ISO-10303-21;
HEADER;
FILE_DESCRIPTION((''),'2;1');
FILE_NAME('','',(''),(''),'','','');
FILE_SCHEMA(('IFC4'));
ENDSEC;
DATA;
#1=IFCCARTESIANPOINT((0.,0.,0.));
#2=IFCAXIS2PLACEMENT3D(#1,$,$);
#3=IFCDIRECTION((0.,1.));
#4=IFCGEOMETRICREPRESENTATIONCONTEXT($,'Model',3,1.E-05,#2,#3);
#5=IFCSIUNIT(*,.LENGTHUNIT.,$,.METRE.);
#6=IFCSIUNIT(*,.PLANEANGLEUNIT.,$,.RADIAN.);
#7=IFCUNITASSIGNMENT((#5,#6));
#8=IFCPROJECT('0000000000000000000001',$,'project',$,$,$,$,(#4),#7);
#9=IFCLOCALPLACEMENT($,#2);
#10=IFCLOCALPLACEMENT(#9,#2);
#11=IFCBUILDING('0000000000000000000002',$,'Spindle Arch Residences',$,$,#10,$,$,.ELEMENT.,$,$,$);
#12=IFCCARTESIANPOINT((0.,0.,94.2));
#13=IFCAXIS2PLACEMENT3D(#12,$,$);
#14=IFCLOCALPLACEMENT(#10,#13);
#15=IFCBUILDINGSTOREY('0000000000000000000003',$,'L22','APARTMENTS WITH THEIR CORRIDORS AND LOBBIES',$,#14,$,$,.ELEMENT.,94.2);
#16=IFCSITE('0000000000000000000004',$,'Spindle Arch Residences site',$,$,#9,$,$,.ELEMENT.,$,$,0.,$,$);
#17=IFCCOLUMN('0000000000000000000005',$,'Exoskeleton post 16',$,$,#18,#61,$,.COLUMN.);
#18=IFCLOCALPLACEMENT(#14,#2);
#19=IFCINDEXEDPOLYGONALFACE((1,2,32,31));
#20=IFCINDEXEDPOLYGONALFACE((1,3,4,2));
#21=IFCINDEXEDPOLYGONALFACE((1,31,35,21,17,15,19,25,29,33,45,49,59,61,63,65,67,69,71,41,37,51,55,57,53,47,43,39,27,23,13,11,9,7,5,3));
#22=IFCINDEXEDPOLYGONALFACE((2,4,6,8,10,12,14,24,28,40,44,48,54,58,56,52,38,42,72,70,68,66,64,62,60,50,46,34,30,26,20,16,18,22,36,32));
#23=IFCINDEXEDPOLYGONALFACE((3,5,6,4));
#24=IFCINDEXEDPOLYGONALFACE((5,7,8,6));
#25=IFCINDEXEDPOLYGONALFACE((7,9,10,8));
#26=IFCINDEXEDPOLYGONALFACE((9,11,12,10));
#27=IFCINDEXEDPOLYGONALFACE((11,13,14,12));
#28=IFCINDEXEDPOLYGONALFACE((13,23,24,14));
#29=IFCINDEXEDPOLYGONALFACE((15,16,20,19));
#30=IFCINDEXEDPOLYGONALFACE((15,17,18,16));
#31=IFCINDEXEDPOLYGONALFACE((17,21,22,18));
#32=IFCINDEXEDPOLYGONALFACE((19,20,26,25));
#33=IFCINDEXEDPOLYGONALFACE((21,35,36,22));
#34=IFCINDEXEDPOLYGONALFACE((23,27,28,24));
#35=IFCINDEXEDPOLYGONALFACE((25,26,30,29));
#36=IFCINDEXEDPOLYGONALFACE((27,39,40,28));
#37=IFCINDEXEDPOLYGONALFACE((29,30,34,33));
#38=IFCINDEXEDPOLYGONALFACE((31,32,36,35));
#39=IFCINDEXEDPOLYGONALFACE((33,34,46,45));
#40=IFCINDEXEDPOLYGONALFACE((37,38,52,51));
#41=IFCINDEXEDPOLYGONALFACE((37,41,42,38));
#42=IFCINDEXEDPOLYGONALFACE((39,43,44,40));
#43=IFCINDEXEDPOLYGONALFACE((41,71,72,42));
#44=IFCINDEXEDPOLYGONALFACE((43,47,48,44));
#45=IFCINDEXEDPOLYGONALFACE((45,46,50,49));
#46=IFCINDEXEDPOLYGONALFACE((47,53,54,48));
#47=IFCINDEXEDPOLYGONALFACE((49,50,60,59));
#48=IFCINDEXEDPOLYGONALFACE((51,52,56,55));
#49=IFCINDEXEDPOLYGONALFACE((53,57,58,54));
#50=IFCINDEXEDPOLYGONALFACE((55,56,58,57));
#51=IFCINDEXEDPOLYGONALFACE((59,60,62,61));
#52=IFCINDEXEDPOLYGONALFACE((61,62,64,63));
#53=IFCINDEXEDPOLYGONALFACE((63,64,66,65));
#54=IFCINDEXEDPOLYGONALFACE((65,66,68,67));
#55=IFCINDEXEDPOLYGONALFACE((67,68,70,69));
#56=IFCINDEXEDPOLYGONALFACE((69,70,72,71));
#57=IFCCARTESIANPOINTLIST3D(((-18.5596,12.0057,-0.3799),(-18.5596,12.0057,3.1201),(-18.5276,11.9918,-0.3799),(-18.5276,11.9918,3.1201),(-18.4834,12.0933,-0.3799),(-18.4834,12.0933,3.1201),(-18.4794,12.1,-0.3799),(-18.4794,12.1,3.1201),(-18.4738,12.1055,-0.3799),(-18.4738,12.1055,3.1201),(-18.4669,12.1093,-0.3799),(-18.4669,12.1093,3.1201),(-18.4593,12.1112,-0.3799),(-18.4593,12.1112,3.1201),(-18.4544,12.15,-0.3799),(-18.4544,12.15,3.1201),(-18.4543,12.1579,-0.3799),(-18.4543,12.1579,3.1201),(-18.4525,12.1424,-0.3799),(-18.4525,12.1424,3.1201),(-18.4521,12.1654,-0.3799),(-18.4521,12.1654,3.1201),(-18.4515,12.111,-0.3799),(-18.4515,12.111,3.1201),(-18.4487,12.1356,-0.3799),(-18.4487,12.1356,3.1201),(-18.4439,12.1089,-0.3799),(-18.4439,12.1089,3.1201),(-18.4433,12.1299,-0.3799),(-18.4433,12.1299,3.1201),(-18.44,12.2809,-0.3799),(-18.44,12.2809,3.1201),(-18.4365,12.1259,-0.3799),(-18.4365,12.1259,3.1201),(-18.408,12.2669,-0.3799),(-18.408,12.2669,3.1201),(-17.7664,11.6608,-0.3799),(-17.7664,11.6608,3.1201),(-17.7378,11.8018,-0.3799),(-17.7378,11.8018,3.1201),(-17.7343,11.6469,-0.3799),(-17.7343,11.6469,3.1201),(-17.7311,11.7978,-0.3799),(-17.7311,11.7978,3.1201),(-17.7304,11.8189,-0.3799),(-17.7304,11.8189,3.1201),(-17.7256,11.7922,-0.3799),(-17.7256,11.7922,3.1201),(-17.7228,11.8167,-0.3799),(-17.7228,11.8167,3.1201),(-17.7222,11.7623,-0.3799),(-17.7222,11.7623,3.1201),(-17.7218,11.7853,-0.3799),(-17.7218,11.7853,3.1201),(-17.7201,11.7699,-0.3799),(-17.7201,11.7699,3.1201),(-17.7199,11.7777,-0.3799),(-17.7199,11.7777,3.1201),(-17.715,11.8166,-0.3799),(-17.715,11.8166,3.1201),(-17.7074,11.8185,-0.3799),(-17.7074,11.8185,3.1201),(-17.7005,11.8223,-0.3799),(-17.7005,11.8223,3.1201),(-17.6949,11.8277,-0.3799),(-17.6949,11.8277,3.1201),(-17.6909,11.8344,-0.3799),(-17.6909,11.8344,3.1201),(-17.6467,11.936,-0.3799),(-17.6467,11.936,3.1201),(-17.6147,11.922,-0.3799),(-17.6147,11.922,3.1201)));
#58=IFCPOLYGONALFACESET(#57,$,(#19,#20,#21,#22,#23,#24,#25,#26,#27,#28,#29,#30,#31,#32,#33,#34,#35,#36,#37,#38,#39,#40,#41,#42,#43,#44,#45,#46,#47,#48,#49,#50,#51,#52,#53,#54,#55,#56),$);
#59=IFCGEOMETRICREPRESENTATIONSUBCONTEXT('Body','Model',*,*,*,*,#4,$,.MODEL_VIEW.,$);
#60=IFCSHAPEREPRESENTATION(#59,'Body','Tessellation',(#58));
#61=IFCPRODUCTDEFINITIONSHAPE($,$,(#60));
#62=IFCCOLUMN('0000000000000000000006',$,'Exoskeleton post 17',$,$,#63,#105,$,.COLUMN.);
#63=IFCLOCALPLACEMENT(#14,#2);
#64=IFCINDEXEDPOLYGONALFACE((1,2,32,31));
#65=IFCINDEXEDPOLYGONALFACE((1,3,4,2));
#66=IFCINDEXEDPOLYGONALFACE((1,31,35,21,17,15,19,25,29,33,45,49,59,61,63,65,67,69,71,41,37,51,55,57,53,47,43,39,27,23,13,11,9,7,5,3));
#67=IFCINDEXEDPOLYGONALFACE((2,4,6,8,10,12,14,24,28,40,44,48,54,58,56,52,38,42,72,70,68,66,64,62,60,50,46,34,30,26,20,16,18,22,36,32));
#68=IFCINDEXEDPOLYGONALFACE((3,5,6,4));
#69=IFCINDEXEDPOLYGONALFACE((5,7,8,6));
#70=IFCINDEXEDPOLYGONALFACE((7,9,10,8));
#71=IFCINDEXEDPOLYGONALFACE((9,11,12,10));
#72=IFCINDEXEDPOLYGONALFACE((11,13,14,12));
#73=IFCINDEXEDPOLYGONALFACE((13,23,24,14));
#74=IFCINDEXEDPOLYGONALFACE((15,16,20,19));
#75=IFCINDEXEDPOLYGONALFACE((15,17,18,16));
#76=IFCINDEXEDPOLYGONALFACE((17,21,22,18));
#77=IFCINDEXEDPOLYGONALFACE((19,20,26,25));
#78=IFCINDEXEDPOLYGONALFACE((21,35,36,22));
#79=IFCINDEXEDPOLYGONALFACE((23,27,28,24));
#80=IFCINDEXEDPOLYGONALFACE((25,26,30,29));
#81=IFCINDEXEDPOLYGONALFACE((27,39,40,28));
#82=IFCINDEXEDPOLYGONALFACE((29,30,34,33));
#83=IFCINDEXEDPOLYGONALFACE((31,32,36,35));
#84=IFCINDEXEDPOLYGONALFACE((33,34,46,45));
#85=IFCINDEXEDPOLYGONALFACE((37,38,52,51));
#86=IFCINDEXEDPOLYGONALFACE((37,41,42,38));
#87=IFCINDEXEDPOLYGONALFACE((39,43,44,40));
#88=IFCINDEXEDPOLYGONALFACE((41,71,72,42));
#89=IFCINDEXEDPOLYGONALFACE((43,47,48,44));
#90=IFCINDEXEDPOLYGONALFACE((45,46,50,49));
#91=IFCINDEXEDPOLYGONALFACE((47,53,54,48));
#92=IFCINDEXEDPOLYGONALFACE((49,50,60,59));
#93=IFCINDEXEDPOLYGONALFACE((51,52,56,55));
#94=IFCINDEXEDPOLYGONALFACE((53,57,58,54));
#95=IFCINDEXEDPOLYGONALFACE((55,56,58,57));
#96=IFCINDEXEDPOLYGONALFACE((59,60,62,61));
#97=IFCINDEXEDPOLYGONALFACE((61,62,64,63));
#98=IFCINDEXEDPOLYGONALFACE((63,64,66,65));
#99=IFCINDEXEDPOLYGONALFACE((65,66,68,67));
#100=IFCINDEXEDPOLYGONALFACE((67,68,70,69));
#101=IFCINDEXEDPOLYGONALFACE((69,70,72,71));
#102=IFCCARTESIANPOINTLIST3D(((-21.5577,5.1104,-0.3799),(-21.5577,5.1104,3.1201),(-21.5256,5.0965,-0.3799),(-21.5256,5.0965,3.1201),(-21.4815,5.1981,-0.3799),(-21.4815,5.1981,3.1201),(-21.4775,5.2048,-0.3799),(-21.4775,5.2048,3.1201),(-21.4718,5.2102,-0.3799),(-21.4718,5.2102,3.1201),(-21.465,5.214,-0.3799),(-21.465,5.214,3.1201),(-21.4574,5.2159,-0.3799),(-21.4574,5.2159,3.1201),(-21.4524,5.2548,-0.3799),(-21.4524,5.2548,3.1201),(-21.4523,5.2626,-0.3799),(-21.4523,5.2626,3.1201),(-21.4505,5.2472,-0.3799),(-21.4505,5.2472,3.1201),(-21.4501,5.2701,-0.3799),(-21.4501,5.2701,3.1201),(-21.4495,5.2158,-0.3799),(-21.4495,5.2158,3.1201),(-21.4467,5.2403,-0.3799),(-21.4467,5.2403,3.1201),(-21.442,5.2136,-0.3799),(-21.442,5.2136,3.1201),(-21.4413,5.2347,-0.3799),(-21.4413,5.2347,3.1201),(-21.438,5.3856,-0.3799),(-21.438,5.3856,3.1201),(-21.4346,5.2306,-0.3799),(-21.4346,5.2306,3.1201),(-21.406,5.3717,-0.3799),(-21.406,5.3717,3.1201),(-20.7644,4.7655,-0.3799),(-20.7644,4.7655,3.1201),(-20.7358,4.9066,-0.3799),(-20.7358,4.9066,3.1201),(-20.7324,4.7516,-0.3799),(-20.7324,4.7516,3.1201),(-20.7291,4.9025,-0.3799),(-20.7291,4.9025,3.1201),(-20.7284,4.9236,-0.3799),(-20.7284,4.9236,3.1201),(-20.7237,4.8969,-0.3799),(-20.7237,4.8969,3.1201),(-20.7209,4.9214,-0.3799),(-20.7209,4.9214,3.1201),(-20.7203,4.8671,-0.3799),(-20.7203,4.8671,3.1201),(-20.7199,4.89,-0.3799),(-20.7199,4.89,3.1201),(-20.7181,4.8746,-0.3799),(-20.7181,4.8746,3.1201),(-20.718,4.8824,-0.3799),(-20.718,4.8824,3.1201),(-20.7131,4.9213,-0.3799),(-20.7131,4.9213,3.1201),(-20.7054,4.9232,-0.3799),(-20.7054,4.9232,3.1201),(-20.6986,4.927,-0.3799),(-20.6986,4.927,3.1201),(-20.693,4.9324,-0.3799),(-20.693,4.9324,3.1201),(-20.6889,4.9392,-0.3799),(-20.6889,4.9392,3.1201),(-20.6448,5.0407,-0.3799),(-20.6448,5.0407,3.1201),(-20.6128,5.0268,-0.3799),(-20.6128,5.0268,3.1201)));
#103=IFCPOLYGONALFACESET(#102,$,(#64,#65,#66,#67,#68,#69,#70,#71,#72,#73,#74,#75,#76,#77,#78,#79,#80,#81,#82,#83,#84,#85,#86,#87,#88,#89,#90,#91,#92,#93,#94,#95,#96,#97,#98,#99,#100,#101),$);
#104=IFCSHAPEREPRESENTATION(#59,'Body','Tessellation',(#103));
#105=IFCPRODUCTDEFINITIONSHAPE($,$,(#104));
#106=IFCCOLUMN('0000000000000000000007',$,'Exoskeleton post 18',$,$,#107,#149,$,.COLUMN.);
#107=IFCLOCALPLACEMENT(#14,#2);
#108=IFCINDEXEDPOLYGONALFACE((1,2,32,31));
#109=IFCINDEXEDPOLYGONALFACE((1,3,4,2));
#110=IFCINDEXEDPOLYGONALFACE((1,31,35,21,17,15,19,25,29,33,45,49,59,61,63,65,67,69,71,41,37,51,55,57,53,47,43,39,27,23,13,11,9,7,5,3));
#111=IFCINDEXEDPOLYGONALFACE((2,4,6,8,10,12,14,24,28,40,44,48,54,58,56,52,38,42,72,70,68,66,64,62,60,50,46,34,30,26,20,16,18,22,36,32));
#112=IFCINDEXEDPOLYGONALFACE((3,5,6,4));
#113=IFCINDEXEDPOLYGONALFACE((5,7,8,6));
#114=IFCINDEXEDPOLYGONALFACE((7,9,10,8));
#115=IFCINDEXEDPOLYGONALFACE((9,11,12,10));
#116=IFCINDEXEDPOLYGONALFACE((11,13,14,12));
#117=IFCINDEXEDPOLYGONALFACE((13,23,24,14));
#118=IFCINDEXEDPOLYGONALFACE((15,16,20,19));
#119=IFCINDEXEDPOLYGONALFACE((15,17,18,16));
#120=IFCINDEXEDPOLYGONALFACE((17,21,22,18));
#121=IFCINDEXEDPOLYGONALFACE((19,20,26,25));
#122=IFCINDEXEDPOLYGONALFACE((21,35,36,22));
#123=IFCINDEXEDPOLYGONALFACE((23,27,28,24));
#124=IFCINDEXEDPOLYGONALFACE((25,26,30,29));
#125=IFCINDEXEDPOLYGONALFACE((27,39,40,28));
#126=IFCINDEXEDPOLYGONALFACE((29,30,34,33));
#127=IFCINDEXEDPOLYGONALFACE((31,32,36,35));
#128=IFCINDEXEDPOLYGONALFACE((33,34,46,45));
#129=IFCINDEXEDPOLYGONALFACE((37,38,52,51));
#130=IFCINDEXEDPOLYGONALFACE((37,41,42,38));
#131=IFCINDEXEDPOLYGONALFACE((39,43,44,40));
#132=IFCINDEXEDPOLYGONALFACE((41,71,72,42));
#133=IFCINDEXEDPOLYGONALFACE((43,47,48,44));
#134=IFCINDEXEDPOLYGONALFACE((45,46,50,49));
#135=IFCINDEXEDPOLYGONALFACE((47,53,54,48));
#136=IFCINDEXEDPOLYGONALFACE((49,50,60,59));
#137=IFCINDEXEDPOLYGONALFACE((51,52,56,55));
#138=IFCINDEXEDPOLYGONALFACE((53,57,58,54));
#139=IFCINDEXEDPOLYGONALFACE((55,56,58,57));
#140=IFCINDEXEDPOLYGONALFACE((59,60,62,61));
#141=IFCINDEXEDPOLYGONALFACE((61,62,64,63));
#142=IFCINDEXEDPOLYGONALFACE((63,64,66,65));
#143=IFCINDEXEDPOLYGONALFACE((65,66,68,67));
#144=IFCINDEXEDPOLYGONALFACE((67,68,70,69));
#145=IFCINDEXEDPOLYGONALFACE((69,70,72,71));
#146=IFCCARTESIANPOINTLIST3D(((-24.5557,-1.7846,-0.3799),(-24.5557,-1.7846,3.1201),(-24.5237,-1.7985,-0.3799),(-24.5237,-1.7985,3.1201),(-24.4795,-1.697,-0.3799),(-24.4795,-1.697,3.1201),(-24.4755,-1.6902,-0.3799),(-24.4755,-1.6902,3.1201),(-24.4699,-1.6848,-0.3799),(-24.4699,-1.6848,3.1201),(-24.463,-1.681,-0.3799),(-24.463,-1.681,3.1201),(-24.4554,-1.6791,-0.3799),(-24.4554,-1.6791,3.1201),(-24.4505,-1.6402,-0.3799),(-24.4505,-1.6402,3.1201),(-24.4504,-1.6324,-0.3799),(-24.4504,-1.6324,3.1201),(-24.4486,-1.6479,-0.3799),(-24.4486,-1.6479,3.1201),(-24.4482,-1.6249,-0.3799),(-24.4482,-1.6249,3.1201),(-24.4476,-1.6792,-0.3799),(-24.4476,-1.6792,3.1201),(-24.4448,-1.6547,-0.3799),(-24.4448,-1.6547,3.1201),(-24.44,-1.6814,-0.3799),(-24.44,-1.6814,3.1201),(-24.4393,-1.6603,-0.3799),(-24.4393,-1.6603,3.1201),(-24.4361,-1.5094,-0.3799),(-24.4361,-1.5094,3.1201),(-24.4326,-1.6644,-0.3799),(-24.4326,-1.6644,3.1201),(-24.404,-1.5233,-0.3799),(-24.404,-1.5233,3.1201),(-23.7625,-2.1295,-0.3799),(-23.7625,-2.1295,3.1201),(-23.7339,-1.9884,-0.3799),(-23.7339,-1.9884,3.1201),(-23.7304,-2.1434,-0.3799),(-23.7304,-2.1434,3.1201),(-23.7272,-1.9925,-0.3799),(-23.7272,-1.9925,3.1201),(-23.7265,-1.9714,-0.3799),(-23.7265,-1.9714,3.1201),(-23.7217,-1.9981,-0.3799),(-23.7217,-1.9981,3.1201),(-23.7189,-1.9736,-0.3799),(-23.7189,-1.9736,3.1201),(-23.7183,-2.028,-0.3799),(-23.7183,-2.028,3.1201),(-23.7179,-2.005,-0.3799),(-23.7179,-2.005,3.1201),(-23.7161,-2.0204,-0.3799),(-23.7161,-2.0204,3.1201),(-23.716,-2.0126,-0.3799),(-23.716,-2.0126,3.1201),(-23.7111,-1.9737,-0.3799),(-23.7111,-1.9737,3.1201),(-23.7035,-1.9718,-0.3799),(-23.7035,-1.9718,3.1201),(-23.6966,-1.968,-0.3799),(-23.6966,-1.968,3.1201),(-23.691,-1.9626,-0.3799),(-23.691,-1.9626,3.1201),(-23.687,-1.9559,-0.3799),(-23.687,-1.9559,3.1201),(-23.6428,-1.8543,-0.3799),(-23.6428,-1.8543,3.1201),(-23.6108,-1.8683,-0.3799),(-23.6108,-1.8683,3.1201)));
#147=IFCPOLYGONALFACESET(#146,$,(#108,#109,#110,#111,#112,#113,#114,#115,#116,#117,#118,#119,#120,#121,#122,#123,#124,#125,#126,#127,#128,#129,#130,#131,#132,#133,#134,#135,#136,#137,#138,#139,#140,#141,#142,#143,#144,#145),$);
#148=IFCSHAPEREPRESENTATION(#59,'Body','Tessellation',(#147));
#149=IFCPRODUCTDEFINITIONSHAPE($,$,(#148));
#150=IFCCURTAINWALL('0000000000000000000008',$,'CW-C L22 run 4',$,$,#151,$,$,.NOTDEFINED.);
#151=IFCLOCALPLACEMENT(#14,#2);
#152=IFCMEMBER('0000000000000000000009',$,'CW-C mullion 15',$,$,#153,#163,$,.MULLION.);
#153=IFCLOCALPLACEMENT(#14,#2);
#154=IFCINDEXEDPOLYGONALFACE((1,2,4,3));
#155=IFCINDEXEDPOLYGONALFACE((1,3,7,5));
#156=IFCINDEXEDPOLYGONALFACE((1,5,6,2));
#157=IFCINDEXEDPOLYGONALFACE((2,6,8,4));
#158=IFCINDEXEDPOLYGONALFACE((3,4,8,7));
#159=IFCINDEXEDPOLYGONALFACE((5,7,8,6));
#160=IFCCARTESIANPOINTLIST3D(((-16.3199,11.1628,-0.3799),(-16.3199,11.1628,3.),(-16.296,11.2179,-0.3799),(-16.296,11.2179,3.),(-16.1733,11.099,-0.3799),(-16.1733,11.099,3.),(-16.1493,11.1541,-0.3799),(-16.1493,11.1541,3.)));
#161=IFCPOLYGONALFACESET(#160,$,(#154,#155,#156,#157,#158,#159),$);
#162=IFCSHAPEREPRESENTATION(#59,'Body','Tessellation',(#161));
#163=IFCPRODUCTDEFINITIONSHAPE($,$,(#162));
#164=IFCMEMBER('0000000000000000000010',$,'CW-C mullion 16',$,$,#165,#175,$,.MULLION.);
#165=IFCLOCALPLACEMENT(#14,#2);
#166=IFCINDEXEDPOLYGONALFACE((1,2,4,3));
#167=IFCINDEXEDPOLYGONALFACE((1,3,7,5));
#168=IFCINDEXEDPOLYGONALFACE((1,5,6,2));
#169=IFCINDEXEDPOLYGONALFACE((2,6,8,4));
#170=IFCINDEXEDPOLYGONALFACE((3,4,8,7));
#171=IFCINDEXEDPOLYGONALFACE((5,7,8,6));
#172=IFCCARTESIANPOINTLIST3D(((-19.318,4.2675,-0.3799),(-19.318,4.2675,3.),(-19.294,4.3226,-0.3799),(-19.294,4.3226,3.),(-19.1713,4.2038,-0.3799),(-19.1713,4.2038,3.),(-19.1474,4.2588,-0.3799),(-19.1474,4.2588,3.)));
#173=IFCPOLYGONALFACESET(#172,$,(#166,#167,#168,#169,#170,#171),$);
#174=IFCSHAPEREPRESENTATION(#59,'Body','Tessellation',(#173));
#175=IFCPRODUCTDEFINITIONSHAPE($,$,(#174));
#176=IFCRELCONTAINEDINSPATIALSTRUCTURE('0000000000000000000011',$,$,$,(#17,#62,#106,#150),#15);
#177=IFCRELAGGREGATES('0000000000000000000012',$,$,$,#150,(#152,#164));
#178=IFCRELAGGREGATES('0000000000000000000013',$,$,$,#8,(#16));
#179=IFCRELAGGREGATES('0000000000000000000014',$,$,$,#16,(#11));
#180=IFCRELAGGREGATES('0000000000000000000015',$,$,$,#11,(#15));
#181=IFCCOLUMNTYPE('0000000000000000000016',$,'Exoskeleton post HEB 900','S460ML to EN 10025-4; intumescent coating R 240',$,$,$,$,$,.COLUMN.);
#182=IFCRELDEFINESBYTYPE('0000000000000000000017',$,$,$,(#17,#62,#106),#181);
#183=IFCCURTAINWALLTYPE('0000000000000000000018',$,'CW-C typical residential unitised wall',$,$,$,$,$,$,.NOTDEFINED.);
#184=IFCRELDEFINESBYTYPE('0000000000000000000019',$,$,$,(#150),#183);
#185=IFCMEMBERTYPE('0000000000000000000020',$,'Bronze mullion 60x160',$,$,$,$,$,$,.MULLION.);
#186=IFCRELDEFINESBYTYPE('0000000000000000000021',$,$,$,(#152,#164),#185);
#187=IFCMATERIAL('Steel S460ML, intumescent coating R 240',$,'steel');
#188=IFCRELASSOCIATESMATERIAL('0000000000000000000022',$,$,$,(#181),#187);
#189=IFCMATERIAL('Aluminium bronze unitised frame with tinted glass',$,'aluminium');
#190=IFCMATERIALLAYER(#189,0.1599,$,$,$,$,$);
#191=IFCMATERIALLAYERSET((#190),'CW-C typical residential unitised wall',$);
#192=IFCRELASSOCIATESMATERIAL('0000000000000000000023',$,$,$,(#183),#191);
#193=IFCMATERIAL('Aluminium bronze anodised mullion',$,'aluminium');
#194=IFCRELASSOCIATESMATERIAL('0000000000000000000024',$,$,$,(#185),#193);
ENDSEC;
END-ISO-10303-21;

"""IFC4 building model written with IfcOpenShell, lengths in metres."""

from ifc_helpers import new_model, si_unit, direction, frame, origin, origin_2d, place, context, subcontext, project, spatial, rectangle, i_section, extrude, material, layer, layer_set, material_profile, profile_set, type_object, element, aggregate, save


model = new_model("IFC4")

# Units and contexts
model_context = context("Model", 3, precision=1e-05, world=origin(), true_north=direction((0.0, 1.0)))
body_context = subcontext(model_context, "Body", "Model", "MODEL_VIEW")
ifc_project = project(units=[si_unit("LENGTHUNIT", "METRE"), si_unit("PLANEANGLEUNIT", "RADIAN")], contexts=[model_context])

# Site, building, storey
site_placement = place(None, origin())
site = spatial("IfcSite", under=ifc_project, at=site_placement, Name="Spindle Arch Residences site", CompositionType="ELEMENT", RefElevation=0.0)
building_placement = place(site_placement, origin())
building = spatial("IfcBuilding", under=site, at=building_placement, Name="Spindle Arch Residences", CompositionType="ELEMENT")
storey_placement = place(building_placement, frame((0.0, 0.0, 94.2)))
storey = spatial("IfcBuildingStorey", under=building, at=storey_placement, Name="L22", Description="APARTMENTS WITH THEIR CORRIDORS AND LOBBIES", CompositionType="ELEMENT", Elevation=94.2)

# Columns
ifc_material_1 = material(Name="Steel S460ML, intumescent coating R 240", Category="steel")
ifc_material_profile_1 = material_profile(ifc_material_1, i_section(OverallWidth=0.3, OverallDepth=0.8999, WebThickness=0.0186, FlangeThickness=0.0349, FilletRadius=0.03, at=origin_2d()), Name="HEB 900")
ifc_profile_set_1 = profile_set([ifc_material_profile_1], Name="Steel S460ML, intumescent coating R 240")
column_type = type_object("IfcColumnType", Name="Exoskeleton post HEB 900", Description="S460ML to EN 10025-4; intumescent coating R 240", PredefinedType="COLUMN", material=ifc_profile_set_1)
for number, where, z_axis, x_axis, name in (
    (1, (-18.0872, 11.9639, -0.3799), (0.0, 0.0, 1.0), (0.398749, 0.91706, 0.0), "Exoskeleton post 16"),
    (2, (-21.0852, 5.0686, -0.3799), (0.0, 0.0, 1.0), (0.398749, 0.91706, 0.0), "Exoskeleton post 17"),
    (3, (-24.0833, -1.8264, -0.3799), (0.0, 0.0, 1.0), (0.398749, 0.91706, 0.0), "Exoskeleton post 18"),
):
    element("IfcColumn", number, at=place(storey_placement, frame(where, z_axis=z_axis, x_axis=x_axis)), inside=storey, type_object=column_type, Name=name, PredefinedType="COLUMN", context=body_context, shape_type="SweptSolid", body=[
        extrude(i_section(OverallWidth=0.3, OverallDepth=0.8999, WebThickness=0.0186, FlangeThickness=0.0349, FilletRadius=0.03, at=origin_2d()), origin(), (0.0, 0.0, 1.0), 3.5),
    ])

# Curtain wall, members
ifc_material_2 = material(Name="Aluminium bronze unitised frame with tinted glass", Category="aluminium")
ifc_layer_1 = layer(ifc_material_2, 0.1599)
ifc_layer_set_1 = layer_set([ifc_layer_1], Name="CW-C typical residential unitised wall")
curtain_wall_type = type_object("IfcCurtainWallType", Name="CW-C typical residential unitised wall", PredefinedType="NOTDEFINED", material=ifc_layer_set_1)
curtain_wall_placement = place(storey_placement, origin())
curtain_wall = element("IfcCurtainWall", 4, at=curtain_wall_placement, inside=storey, type_object=curtain_wall_type, Name="CW-C L22 run 4", PredefinedType="NOTDEFINED")
ifc_material_3 = material(Name="Aluminium bronze anodised mullion", Category="aluminium")
ifc_material_profile_2 = material_profile(ifc_material_3, rectangle(XDim=0.1599, YDim=0.0601, at=origin_2d()), Name="MU 60x160")
ifc_profile_set_2 = profile_set([ifc_material_profile_2], Name="Aluminium bronze anodised mullion")
member_type = type_object("IfcMemberType", Name="Bronze mullion 60x160", PredefinedType="MULLION", material=ifc_profile_set_2)
member_1_placement = place(storey_placement, frame((-16.2346, 11.1584, -0.3799), z_axis=(0.0, 0.0, 1.0), x_axis=(0.91706, -0.398749, 0.0)))
member_1 = element("IfcMember", 5, at=member_1_placement, type_object=member_type, Name="CW-C mullion 15", PredefinedType="MULLION", context=body_context, shape_type="SweptSolid", body=[
    extrude(rectangle(XDim=0.1599, YDim=0.0601, at=origin_2d()), origin(), (0.0, 0.0, 1.0), 3.3799),
])
member_2_placement = place(storey_placement, frame((-19.2327, 4.2632, -0.3799), z_axis=(0.0, 0.0, 1.0), x_axis=(0.91706, -0.398749, 0.0)))
member_2 = element("IfcMember", 6, at=member_2_placement, type_object=member_type, Name="CW-C mullion 16", PredefinedType="MULLION", context=body_context, shape_type="SweptSolid", body=[
    extrude(rectangle(XDim=0.1599, YDim=0.0601, at=origin_2d()), origin(), (0.0, 0.0, 1.0), 3.3799),
])

aggregate(curtain_wall, [member_1, member_2])

save(model, "model.ifc")
